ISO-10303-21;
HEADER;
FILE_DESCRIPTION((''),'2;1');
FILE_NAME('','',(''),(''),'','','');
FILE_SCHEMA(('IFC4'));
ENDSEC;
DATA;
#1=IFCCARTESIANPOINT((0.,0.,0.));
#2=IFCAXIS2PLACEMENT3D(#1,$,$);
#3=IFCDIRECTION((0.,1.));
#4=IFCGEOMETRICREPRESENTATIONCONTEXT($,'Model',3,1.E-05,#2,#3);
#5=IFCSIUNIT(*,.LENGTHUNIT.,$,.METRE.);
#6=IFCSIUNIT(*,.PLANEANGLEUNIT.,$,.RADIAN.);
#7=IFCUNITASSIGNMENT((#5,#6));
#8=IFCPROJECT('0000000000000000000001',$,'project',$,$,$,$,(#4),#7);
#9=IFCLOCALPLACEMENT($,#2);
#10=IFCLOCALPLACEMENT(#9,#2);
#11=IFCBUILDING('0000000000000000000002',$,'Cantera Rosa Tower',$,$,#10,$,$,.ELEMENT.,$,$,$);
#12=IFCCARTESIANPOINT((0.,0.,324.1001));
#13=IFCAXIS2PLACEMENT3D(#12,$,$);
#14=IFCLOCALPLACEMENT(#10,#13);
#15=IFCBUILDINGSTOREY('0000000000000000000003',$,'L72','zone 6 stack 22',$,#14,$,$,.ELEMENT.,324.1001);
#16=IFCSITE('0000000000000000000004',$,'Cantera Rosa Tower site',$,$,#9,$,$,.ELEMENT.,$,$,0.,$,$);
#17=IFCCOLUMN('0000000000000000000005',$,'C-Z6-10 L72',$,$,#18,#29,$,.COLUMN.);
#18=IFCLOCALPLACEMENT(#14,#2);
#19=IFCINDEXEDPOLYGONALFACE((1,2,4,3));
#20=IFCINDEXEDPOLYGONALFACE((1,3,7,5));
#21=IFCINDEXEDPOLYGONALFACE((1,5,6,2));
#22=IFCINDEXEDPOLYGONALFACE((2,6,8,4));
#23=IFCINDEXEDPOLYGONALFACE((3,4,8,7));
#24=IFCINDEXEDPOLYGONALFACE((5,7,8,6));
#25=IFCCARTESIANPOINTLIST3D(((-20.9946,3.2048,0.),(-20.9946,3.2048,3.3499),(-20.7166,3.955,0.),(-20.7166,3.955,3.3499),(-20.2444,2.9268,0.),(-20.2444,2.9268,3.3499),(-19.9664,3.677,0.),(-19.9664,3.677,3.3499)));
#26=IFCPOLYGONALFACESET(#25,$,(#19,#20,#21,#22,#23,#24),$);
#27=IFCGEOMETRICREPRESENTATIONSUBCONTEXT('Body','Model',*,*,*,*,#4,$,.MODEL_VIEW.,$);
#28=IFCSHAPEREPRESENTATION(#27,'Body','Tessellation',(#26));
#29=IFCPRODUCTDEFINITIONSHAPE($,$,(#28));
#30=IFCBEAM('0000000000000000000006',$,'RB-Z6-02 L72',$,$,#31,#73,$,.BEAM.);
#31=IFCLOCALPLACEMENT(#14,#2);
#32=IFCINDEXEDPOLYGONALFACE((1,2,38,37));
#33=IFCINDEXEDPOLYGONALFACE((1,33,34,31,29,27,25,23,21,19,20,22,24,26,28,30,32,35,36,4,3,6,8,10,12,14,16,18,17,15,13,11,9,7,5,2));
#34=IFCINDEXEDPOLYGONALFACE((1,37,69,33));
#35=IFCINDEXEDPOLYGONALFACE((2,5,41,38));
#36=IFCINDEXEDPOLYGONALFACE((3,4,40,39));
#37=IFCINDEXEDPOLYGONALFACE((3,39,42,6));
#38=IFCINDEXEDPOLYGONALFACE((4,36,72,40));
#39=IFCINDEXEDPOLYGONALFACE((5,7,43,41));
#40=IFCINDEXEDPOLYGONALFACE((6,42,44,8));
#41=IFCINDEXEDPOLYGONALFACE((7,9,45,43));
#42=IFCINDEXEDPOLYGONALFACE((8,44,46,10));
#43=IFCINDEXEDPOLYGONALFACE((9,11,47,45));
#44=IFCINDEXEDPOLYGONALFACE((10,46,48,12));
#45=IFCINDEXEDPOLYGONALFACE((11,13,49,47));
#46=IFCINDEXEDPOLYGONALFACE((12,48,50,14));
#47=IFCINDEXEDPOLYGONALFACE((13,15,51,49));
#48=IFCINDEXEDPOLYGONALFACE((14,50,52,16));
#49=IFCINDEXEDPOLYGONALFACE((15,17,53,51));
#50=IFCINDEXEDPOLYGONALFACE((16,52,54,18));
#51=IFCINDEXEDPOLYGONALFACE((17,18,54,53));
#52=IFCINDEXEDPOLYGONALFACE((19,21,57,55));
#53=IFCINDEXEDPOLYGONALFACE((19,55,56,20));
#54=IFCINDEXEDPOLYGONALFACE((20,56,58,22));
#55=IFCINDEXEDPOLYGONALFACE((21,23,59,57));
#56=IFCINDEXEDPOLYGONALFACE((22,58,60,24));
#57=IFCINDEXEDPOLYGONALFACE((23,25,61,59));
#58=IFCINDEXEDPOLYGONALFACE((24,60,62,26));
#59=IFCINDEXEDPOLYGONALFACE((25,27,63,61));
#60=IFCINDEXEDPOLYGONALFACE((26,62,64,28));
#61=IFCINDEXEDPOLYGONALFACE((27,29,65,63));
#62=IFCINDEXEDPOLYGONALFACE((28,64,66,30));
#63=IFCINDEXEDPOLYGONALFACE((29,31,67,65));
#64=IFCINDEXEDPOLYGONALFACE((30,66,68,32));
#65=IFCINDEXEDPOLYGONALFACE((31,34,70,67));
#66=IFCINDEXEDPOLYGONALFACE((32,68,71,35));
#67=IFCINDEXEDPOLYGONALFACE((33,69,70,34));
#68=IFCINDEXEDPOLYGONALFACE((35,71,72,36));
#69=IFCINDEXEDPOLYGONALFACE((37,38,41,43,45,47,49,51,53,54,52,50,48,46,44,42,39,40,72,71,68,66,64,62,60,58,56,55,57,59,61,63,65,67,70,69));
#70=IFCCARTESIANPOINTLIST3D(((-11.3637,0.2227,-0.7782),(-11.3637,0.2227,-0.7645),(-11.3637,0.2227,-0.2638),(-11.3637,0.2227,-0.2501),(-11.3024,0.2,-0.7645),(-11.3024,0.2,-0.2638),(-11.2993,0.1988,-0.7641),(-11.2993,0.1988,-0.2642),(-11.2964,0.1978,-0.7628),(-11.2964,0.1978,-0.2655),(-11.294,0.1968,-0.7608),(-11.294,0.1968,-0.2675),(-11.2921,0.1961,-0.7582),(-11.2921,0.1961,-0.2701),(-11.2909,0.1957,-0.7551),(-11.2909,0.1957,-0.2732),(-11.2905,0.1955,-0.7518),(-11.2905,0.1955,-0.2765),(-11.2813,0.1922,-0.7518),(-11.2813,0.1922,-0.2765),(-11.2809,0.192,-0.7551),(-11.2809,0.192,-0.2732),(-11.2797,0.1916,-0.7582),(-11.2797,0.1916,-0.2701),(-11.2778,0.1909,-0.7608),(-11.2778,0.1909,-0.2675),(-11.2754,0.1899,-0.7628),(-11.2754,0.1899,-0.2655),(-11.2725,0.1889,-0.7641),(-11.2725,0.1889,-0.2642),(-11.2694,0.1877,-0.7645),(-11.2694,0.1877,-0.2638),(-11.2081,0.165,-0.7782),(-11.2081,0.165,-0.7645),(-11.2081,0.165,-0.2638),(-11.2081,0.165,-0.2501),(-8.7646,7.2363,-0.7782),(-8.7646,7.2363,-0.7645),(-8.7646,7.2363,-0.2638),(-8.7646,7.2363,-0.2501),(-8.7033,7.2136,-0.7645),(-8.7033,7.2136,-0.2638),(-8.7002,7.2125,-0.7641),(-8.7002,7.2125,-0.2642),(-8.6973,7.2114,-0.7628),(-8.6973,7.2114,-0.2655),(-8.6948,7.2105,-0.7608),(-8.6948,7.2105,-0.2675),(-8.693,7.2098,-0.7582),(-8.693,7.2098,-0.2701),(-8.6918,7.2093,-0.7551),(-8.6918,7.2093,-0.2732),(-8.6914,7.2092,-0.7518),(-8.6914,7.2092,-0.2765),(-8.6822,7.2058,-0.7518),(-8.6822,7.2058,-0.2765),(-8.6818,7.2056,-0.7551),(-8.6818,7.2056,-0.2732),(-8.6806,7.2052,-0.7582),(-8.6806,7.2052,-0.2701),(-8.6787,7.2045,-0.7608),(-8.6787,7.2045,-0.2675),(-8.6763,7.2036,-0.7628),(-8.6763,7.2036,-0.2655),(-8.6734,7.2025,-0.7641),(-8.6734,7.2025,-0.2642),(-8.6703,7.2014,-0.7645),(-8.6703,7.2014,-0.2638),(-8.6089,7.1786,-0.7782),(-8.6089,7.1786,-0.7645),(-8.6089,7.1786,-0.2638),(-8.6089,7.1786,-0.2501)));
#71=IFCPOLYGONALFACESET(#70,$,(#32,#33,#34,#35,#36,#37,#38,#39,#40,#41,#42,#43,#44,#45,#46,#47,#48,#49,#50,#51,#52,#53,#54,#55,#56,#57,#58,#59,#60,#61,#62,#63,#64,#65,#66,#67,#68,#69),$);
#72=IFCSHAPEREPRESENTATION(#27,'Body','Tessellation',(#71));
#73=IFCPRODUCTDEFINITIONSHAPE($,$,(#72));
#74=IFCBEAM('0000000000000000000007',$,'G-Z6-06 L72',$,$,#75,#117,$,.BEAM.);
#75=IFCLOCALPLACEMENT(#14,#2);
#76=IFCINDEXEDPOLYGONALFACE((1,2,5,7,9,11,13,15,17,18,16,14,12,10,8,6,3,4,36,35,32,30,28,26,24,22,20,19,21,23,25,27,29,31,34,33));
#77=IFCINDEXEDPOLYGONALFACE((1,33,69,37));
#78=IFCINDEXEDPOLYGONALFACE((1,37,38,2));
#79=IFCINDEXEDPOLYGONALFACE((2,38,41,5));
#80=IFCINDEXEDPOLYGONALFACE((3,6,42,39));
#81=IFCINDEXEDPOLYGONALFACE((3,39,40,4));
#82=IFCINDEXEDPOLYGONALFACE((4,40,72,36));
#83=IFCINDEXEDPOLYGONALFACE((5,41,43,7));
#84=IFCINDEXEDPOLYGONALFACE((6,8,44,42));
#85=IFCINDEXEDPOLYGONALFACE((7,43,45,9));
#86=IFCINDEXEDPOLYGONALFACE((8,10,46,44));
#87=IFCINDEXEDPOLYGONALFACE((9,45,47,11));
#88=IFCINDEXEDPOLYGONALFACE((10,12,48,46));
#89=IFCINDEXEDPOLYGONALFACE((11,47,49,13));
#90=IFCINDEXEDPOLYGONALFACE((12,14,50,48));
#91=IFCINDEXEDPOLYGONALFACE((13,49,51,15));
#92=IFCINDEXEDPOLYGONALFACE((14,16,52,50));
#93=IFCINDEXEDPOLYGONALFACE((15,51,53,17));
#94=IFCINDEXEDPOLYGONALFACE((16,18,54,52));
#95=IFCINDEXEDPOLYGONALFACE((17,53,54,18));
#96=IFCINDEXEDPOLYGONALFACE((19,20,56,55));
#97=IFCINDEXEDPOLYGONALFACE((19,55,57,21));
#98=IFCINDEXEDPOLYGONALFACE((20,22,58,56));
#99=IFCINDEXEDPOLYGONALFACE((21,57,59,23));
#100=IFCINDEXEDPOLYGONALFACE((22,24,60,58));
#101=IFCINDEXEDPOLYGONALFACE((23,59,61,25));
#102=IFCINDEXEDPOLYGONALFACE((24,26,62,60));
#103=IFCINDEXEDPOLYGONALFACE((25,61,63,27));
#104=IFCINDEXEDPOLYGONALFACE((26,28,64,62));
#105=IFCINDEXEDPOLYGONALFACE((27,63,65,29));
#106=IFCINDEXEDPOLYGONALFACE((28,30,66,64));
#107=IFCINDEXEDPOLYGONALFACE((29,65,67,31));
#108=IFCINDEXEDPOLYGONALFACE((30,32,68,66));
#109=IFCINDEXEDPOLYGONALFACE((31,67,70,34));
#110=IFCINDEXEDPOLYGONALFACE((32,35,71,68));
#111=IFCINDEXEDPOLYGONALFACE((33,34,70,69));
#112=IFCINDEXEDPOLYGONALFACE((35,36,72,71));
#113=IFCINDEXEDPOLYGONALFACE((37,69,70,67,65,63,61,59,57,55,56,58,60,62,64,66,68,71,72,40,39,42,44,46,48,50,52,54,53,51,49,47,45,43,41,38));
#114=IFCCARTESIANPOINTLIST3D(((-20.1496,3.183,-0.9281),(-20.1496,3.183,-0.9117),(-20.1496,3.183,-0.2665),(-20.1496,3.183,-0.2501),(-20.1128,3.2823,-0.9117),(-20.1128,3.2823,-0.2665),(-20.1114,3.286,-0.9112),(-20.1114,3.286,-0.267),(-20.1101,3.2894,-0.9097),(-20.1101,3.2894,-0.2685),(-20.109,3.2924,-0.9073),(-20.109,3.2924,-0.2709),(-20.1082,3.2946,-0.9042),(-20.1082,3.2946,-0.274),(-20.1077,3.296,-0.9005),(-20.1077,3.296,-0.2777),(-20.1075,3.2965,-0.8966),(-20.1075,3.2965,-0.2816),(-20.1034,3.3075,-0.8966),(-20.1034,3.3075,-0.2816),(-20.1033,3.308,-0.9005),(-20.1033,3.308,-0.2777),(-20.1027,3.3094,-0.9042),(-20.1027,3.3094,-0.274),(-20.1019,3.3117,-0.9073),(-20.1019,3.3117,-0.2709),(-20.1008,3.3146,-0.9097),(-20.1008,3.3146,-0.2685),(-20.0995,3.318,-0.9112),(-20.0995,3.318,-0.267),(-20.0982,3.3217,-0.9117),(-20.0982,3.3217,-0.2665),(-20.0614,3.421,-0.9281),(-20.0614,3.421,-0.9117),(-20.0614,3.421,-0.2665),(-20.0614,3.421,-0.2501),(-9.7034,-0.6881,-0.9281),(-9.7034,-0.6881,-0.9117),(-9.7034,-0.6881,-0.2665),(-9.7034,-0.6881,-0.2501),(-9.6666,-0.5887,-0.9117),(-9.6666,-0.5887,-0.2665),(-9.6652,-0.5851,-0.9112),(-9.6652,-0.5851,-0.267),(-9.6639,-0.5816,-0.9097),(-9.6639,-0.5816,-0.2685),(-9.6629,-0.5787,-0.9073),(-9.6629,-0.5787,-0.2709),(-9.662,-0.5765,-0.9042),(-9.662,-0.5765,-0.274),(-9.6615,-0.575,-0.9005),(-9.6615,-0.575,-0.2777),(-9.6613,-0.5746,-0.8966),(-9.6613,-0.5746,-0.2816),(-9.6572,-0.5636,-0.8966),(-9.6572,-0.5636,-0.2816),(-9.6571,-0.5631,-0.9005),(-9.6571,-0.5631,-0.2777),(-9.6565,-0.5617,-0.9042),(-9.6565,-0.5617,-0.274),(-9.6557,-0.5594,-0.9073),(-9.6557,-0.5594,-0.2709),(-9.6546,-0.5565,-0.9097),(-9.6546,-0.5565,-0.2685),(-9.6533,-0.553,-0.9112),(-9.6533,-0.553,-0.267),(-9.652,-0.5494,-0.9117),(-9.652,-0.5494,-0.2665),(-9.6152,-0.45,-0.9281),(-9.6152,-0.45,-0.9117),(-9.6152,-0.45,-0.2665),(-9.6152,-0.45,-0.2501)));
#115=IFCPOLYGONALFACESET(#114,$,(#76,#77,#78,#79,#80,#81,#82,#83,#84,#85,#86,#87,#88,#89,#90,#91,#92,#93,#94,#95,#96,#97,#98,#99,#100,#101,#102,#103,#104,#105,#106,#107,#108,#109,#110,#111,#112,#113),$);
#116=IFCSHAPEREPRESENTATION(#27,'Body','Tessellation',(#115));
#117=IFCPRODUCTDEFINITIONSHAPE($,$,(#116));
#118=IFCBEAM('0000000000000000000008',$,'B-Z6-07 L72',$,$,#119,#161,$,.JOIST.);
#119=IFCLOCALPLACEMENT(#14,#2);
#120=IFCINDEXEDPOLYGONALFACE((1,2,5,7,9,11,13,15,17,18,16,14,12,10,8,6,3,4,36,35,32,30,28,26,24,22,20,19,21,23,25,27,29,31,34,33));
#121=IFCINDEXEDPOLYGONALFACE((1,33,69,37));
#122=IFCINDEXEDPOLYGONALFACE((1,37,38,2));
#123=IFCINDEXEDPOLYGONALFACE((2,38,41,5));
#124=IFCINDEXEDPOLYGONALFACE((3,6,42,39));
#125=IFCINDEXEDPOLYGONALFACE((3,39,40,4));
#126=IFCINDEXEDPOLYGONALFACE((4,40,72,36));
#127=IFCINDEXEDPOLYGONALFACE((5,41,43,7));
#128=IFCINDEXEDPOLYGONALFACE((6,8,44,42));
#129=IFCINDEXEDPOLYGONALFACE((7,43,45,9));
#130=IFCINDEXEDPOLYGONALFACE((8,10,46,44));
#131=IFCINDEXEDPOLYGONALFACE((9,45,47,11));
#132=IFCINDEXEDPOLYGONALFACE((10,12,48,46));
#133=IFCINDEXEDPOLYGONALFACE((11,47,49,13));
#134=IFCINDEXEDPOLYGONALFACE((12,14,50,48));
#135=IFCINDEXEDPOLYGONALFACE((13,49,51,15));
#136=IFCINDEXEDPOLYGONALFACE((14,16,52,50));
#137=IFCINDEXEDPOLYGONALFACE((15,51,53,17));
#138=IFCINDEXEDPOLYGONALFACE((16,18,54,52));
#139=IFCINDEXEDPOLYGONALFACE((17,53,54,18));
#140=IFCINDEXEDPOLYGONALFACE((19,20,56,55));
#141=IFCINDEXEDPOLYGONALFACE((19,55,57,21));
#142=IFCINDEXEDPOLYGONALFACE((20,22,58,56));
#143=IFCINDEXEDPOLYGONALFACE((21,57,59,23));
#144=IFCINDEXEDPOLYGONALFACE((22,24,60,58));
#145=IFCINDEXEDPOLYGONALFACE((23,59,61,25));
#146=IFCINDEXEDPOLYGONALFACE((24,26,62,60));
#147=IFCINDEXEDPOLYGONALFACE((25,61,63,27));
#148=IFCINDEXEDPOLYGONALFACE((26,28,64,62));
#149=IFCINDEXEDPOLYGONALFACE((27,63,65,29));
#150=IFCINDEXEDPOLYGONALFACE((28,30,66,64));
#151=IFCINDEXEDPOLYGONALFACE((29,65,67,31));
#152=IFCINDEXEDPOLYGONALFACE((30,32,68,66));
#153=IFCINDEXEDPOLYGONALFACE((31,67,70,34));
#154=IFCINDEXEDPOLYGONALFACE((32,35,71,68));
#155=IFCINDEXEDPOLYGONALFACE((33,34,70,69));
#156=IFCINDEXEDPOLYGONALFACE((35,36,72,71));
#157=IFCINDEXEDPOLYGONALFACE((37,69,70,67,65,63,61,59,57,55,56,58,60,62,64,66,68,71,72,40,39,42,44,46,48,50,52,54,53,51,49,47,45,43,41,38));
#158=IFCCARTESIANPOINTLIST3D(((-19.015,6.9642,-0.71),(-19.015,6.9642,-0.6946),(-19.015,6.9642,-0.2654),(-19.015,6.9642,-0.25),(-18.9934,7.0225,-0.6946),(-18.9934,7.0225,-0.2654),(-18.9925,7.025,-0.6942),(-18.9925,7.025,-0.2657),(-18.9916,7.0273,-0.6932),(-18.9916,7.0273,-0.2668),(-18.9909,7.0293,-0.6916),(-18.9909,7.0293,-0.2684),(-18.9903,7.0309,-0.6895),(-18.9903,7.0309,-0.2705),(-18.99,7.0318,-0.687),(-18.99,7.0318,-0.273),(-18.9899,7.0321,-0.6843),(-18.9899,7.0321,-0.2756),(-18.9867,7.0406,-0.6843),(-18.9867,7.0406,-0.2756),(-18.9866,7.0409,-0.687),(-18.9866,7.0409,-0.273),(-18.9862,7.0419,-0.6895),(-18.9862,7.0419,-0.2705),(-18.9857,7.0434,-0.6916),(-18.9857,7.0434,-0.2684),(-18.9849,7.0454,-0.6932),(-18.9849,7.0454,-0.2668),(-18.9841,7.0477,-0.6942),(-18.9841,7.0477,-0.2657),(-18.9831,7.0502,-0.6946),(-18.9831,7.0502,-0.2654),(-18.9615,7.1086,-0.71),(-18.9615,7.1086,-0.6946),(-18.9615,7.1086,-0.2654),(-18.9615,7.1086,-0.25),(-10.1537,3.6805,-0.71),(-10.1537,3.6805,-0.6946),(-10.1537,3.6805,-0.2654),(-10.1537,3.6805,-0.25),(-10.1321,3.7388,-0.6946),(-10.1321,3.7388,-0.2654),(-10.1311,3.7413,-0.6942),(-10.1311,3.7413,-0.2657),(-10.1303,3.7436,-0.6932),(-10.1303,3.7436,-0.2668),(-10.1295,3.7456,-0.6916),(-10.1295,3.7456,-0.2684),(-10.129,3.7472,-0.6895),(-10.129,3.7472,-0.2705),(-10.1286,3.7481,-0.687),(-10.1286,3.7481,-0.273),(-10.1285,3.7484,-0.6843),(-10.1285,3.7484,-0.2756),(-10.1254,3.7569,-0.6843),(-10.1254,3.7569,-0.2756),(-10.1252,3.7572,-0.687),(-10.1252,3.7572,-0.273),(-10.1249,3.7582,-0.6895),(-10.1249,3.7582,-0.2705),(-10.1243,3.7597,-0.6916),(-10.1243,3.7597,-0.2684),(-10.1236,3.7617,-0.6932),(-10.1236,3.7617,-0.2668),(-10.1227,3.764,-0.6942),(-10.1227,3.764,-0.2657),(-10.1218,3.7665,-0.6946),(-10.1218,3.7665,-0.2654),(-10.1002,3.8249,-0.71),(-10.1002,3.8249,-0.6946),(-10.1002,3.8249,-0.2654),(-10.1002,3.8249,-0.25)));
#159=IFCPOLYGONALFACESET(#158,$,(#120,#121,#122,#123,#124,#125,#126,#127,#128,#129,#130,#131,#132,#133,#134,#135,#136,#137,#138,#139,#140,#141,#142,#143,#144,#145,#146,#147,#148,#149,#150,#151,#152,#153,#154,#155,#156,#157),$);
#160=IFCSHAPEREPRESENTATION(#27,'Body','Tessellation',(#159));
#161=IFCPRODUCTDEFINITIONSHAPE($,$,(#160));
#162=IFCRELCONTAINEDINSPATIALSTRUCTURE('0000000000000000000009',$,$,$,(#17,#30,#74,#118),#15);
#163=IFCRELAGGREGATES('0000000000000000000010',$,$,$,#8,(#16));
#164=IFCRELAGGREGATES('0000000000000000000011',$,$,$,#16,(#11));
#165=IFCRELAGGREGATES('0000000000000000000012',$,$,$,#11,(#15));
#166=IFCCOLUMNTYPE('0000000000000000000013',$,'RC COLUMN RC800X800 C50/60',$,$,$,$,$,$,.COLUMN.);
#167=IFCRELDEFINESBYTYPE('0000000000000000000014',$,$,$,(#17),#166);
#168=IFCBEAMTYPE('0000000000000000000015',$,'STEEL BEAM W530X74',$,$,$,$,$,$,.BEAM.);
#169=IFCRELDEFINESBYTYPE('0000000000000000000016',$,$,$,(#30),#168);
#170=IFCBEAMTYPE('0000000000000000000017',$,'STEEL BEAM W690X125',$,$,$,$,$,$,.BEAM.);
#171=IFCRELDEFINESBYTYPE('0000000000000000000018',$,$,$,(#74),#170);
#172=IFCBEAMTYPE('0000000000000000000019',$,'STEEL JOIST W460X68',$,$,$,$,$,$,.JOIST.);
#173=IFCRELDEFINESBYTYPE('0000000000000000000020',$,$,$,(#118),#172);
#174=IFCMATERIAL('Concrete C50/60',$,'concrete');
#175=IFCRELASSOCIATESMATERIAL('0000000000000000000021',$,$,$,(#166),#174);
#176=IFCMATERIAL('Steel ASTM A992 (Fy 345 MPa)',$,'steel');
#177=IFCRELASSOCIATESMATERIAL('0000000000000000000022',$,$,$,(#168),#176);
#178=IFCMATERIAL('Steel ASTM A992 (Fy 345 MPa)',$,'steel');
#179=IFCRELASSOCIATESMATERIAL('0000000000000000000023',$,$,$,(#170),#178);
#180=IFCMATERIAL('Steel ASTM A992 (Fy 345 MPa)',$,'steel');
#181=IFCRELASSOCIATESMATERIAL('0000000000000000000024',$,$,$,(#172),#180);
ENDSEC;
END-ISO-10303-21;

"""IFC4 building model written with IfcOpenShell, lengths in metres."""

from ifc_helpers import new_model, si_unit, direction, frame, origin, origin_2d, place, context, subcontext, project, spatial, rectangle, i_section, extrude, material, material_profile, profile_set, type_object, element, save


model = new_model("IFC4")

# Units and contexts
model_context = context("Model", 3, precision=1e-05, world=origin(), true_north=direction((0.0, 1.0)))
body_context = subcontext(model_context, "Body", "Model", "MODEL_VIEW")
ifc_project = project(units=[si_unit("LENGTHUNIT", "METRE"), si_unit("PLANEANGLEUNIT", "RADIAN")], contexts=[model_context])

# Site, building, storey
site_placement = place(None, origin())
site = spatial("IfcSite", under=ifc_project, at=site_placement, Name="Cantera Rosa Tower site", CompositionType="ELEMENT", RefElevation=0.0)
building_placement = place(site_placement, origin())
building = spatial("IfcBuilding", under=site, at=building_placement, Name="Cantera Rosa Tower", CompositionType="ELEMENT")
storey_placement = place(building_placement, frame((0.0, 0.0, 324.1001)))
storey = spatial("IfcBuildingStorey", under=building, at=storey_placement, Name="L72", Description="zone 6 stack 22", CompositionType="ELEMENT", Elevation=324.1001)

# Column
ifc_material_1 = material(Name="Concrete C50/60", Category="concrete")
ifc_material_profile_1 = material_profile(ifc_material_1, rectangle(XDim=0.8, YDim=0.8, at=origin_2d()), Name="RC COLUMN RC800X800 C50/60")
ifc_profile_set_1 = profile_set([ifc_material_profile_1], Name="Concrete C50/60")
column_type = type_object("IfcColumnType", Name="RC COLUMN RC800X800 C50/60", PredefinedType="COLUMN", material=ifc_profile_set_1)
column_placement = place(storey_placement, frame((-20.4805, 3.4409, 0.0), z_axis=(0.0, 0.0, 1.0), x_axis=(0.347481, 0.937687, 0.0)))
element("IfcColumn", 1, at=column_placement, inside=storey, type_object=column_type, Name="C-Z6-10 L72", PredefinedType="COLUMN", context=body_context, shape_type="SweptSolid", body=[
    extrude(rectangle(XDim=0.8, YDim=0.8, at=origin_2d()), origin(), (0.0, 0.0, 1.0), 3.3499),
])

# Beams
ifc_material_2 = material(Name="Steel ASTM A992 (Fy 345 MPa)", Category="steel")
ifc_material_profile_2 = material_profile(ifc_material_2, i_section(OverallWidth=0.166, OverallDepth=0.5281, WebThickness=0.0098, FlangeThickness=0.0137, FilletRadius=0.0127, at=origin_2d()), Name="W530X74")
ifc_profile_set_2 = profile_set([ifc_material_profile_2], Name="Steel ASTM A992 (Fy 345 MPa)")
beam_type_1 = type_object("IfcBeamType", Name="STEEL BEAM W530X74", PredefinedType="BEAM", material=ifc_profile_set_2)
beam_1_placement = place(storey_placement, frame((-11.2859, 0.1938, -0.5142), z_axis=(0.347487, 0.937685, 0.0), x_axis=(-0.937685, 0.347487, 0.0)))
element("IfcBeam", 2, at=beam_1_placement, inside=storey, type_object=beam_type_1, Name="RB-Z6-02 L72", PredefinedType="BEAM", context=body_context, shape_type="SweptSolid", body=[
    extrude(i_section(OverallWidth=0.166, OverallDepth=0.5281, WebThickness=0.0098, FlangeThickness=0.0137, FilletRadius=0.0127, at=origin_2d()), origin(), (0.0, 0.0, 1.0), 7.4797),
])
ifc_material_3 = material(Name="Steel ASTM A992 (Fy 345 MPa)", Category="steel")
ifc_material_profile_3 = material_profile(ifc_material_3, i_section(OverallWidth=0.2539, OverallDepth=0.678, WebThickness=0.0117, FlangeThickness=0.0164, FilletRadius=0.0151, at=origin_2d()), Name="W690X125")
ifc_profile_set_3 = profile_set([ifc_material_profile_3], Name="Steel ASTM A992 (Fy 345 MPa)")
beam_type_2 = type_object("IfcBeamType", Name="STEEL BEAM W690X125", PredefinedType="BEAM", material=ifc_profile_set_3)
beam_2_placement = place(storey_placement, frame((-20.1055, 3.302, -0.5891), z_axis=(0.937687, -0.34748, 0.0), x_axis=(0.34748, 0.937687, 0.0)))
element("IfcBeam", 3, at=beam_2_placement, inside=storey, type_object=beam_type_2, Name="G-Z6-06 L72", PredefinedType="BEAM", context=body_context, shape_type="SweptSolid", body=[
    extrude(i_section(OverallWidth=0.2539, OverallDepth=0.678, WebThickness=0.0117, FlangeThickness=0.0164, FilletRadius=0.0151, at=origin_2d()), origin(), (0.0, 0.0, 1.0), 11.1404),
])
ifc_material_4 = material(Name="Steel ASTM A992 (Fy 345 MPa)", Category="steel")
ifc_material_profile_4 = material_profile(ifc_material_4, i_section(OverallWidth=0.1541, OverallDepth=0.46, WebThickness=0.009, FlangeThickness=0.0154, FilletRadius=0.0103, at=origin_2d()), Name="W460X68")
ifc_profile_set_4 = profile_set([ifc_material_profile_4], Name="Steel ASTM A992 (Fy 345 MPa)")
beam_type_3 = type_object("IfcBeamType", Name="STEEL JOIST W460X68", PredefinedType="JOIST", material=ifc_profile_set_4)
for number, where, z_axis, x_axis, name in (
    (4, (-18.9883, 7.0364, -0.48), (0.93769, -0.347474, 0.0), (0.347474, 0.93769, 0.0), "B-Z6-07 L72"),
):
    element("IfcBeam", number, at=place(storey_placement, frame(where, z_axis=z_axis, x_axis=x_axis)), inside=storey, type_object=beam_type_3, Name=name, PredefinedType="JOIST", context=body_context, shape_type="SweptSolid", body=[
        extrude(i_section(OverallWidth=0.1541, OverallDepth=0.46, WebThickness=0.009, FlangeThickness=0.0154, FilletRadius=0.0103, at=origin_2d()), origin(), (0.0, 0.0, 1.0), 9.4502),
    ])

save(model, "model.ifc")
